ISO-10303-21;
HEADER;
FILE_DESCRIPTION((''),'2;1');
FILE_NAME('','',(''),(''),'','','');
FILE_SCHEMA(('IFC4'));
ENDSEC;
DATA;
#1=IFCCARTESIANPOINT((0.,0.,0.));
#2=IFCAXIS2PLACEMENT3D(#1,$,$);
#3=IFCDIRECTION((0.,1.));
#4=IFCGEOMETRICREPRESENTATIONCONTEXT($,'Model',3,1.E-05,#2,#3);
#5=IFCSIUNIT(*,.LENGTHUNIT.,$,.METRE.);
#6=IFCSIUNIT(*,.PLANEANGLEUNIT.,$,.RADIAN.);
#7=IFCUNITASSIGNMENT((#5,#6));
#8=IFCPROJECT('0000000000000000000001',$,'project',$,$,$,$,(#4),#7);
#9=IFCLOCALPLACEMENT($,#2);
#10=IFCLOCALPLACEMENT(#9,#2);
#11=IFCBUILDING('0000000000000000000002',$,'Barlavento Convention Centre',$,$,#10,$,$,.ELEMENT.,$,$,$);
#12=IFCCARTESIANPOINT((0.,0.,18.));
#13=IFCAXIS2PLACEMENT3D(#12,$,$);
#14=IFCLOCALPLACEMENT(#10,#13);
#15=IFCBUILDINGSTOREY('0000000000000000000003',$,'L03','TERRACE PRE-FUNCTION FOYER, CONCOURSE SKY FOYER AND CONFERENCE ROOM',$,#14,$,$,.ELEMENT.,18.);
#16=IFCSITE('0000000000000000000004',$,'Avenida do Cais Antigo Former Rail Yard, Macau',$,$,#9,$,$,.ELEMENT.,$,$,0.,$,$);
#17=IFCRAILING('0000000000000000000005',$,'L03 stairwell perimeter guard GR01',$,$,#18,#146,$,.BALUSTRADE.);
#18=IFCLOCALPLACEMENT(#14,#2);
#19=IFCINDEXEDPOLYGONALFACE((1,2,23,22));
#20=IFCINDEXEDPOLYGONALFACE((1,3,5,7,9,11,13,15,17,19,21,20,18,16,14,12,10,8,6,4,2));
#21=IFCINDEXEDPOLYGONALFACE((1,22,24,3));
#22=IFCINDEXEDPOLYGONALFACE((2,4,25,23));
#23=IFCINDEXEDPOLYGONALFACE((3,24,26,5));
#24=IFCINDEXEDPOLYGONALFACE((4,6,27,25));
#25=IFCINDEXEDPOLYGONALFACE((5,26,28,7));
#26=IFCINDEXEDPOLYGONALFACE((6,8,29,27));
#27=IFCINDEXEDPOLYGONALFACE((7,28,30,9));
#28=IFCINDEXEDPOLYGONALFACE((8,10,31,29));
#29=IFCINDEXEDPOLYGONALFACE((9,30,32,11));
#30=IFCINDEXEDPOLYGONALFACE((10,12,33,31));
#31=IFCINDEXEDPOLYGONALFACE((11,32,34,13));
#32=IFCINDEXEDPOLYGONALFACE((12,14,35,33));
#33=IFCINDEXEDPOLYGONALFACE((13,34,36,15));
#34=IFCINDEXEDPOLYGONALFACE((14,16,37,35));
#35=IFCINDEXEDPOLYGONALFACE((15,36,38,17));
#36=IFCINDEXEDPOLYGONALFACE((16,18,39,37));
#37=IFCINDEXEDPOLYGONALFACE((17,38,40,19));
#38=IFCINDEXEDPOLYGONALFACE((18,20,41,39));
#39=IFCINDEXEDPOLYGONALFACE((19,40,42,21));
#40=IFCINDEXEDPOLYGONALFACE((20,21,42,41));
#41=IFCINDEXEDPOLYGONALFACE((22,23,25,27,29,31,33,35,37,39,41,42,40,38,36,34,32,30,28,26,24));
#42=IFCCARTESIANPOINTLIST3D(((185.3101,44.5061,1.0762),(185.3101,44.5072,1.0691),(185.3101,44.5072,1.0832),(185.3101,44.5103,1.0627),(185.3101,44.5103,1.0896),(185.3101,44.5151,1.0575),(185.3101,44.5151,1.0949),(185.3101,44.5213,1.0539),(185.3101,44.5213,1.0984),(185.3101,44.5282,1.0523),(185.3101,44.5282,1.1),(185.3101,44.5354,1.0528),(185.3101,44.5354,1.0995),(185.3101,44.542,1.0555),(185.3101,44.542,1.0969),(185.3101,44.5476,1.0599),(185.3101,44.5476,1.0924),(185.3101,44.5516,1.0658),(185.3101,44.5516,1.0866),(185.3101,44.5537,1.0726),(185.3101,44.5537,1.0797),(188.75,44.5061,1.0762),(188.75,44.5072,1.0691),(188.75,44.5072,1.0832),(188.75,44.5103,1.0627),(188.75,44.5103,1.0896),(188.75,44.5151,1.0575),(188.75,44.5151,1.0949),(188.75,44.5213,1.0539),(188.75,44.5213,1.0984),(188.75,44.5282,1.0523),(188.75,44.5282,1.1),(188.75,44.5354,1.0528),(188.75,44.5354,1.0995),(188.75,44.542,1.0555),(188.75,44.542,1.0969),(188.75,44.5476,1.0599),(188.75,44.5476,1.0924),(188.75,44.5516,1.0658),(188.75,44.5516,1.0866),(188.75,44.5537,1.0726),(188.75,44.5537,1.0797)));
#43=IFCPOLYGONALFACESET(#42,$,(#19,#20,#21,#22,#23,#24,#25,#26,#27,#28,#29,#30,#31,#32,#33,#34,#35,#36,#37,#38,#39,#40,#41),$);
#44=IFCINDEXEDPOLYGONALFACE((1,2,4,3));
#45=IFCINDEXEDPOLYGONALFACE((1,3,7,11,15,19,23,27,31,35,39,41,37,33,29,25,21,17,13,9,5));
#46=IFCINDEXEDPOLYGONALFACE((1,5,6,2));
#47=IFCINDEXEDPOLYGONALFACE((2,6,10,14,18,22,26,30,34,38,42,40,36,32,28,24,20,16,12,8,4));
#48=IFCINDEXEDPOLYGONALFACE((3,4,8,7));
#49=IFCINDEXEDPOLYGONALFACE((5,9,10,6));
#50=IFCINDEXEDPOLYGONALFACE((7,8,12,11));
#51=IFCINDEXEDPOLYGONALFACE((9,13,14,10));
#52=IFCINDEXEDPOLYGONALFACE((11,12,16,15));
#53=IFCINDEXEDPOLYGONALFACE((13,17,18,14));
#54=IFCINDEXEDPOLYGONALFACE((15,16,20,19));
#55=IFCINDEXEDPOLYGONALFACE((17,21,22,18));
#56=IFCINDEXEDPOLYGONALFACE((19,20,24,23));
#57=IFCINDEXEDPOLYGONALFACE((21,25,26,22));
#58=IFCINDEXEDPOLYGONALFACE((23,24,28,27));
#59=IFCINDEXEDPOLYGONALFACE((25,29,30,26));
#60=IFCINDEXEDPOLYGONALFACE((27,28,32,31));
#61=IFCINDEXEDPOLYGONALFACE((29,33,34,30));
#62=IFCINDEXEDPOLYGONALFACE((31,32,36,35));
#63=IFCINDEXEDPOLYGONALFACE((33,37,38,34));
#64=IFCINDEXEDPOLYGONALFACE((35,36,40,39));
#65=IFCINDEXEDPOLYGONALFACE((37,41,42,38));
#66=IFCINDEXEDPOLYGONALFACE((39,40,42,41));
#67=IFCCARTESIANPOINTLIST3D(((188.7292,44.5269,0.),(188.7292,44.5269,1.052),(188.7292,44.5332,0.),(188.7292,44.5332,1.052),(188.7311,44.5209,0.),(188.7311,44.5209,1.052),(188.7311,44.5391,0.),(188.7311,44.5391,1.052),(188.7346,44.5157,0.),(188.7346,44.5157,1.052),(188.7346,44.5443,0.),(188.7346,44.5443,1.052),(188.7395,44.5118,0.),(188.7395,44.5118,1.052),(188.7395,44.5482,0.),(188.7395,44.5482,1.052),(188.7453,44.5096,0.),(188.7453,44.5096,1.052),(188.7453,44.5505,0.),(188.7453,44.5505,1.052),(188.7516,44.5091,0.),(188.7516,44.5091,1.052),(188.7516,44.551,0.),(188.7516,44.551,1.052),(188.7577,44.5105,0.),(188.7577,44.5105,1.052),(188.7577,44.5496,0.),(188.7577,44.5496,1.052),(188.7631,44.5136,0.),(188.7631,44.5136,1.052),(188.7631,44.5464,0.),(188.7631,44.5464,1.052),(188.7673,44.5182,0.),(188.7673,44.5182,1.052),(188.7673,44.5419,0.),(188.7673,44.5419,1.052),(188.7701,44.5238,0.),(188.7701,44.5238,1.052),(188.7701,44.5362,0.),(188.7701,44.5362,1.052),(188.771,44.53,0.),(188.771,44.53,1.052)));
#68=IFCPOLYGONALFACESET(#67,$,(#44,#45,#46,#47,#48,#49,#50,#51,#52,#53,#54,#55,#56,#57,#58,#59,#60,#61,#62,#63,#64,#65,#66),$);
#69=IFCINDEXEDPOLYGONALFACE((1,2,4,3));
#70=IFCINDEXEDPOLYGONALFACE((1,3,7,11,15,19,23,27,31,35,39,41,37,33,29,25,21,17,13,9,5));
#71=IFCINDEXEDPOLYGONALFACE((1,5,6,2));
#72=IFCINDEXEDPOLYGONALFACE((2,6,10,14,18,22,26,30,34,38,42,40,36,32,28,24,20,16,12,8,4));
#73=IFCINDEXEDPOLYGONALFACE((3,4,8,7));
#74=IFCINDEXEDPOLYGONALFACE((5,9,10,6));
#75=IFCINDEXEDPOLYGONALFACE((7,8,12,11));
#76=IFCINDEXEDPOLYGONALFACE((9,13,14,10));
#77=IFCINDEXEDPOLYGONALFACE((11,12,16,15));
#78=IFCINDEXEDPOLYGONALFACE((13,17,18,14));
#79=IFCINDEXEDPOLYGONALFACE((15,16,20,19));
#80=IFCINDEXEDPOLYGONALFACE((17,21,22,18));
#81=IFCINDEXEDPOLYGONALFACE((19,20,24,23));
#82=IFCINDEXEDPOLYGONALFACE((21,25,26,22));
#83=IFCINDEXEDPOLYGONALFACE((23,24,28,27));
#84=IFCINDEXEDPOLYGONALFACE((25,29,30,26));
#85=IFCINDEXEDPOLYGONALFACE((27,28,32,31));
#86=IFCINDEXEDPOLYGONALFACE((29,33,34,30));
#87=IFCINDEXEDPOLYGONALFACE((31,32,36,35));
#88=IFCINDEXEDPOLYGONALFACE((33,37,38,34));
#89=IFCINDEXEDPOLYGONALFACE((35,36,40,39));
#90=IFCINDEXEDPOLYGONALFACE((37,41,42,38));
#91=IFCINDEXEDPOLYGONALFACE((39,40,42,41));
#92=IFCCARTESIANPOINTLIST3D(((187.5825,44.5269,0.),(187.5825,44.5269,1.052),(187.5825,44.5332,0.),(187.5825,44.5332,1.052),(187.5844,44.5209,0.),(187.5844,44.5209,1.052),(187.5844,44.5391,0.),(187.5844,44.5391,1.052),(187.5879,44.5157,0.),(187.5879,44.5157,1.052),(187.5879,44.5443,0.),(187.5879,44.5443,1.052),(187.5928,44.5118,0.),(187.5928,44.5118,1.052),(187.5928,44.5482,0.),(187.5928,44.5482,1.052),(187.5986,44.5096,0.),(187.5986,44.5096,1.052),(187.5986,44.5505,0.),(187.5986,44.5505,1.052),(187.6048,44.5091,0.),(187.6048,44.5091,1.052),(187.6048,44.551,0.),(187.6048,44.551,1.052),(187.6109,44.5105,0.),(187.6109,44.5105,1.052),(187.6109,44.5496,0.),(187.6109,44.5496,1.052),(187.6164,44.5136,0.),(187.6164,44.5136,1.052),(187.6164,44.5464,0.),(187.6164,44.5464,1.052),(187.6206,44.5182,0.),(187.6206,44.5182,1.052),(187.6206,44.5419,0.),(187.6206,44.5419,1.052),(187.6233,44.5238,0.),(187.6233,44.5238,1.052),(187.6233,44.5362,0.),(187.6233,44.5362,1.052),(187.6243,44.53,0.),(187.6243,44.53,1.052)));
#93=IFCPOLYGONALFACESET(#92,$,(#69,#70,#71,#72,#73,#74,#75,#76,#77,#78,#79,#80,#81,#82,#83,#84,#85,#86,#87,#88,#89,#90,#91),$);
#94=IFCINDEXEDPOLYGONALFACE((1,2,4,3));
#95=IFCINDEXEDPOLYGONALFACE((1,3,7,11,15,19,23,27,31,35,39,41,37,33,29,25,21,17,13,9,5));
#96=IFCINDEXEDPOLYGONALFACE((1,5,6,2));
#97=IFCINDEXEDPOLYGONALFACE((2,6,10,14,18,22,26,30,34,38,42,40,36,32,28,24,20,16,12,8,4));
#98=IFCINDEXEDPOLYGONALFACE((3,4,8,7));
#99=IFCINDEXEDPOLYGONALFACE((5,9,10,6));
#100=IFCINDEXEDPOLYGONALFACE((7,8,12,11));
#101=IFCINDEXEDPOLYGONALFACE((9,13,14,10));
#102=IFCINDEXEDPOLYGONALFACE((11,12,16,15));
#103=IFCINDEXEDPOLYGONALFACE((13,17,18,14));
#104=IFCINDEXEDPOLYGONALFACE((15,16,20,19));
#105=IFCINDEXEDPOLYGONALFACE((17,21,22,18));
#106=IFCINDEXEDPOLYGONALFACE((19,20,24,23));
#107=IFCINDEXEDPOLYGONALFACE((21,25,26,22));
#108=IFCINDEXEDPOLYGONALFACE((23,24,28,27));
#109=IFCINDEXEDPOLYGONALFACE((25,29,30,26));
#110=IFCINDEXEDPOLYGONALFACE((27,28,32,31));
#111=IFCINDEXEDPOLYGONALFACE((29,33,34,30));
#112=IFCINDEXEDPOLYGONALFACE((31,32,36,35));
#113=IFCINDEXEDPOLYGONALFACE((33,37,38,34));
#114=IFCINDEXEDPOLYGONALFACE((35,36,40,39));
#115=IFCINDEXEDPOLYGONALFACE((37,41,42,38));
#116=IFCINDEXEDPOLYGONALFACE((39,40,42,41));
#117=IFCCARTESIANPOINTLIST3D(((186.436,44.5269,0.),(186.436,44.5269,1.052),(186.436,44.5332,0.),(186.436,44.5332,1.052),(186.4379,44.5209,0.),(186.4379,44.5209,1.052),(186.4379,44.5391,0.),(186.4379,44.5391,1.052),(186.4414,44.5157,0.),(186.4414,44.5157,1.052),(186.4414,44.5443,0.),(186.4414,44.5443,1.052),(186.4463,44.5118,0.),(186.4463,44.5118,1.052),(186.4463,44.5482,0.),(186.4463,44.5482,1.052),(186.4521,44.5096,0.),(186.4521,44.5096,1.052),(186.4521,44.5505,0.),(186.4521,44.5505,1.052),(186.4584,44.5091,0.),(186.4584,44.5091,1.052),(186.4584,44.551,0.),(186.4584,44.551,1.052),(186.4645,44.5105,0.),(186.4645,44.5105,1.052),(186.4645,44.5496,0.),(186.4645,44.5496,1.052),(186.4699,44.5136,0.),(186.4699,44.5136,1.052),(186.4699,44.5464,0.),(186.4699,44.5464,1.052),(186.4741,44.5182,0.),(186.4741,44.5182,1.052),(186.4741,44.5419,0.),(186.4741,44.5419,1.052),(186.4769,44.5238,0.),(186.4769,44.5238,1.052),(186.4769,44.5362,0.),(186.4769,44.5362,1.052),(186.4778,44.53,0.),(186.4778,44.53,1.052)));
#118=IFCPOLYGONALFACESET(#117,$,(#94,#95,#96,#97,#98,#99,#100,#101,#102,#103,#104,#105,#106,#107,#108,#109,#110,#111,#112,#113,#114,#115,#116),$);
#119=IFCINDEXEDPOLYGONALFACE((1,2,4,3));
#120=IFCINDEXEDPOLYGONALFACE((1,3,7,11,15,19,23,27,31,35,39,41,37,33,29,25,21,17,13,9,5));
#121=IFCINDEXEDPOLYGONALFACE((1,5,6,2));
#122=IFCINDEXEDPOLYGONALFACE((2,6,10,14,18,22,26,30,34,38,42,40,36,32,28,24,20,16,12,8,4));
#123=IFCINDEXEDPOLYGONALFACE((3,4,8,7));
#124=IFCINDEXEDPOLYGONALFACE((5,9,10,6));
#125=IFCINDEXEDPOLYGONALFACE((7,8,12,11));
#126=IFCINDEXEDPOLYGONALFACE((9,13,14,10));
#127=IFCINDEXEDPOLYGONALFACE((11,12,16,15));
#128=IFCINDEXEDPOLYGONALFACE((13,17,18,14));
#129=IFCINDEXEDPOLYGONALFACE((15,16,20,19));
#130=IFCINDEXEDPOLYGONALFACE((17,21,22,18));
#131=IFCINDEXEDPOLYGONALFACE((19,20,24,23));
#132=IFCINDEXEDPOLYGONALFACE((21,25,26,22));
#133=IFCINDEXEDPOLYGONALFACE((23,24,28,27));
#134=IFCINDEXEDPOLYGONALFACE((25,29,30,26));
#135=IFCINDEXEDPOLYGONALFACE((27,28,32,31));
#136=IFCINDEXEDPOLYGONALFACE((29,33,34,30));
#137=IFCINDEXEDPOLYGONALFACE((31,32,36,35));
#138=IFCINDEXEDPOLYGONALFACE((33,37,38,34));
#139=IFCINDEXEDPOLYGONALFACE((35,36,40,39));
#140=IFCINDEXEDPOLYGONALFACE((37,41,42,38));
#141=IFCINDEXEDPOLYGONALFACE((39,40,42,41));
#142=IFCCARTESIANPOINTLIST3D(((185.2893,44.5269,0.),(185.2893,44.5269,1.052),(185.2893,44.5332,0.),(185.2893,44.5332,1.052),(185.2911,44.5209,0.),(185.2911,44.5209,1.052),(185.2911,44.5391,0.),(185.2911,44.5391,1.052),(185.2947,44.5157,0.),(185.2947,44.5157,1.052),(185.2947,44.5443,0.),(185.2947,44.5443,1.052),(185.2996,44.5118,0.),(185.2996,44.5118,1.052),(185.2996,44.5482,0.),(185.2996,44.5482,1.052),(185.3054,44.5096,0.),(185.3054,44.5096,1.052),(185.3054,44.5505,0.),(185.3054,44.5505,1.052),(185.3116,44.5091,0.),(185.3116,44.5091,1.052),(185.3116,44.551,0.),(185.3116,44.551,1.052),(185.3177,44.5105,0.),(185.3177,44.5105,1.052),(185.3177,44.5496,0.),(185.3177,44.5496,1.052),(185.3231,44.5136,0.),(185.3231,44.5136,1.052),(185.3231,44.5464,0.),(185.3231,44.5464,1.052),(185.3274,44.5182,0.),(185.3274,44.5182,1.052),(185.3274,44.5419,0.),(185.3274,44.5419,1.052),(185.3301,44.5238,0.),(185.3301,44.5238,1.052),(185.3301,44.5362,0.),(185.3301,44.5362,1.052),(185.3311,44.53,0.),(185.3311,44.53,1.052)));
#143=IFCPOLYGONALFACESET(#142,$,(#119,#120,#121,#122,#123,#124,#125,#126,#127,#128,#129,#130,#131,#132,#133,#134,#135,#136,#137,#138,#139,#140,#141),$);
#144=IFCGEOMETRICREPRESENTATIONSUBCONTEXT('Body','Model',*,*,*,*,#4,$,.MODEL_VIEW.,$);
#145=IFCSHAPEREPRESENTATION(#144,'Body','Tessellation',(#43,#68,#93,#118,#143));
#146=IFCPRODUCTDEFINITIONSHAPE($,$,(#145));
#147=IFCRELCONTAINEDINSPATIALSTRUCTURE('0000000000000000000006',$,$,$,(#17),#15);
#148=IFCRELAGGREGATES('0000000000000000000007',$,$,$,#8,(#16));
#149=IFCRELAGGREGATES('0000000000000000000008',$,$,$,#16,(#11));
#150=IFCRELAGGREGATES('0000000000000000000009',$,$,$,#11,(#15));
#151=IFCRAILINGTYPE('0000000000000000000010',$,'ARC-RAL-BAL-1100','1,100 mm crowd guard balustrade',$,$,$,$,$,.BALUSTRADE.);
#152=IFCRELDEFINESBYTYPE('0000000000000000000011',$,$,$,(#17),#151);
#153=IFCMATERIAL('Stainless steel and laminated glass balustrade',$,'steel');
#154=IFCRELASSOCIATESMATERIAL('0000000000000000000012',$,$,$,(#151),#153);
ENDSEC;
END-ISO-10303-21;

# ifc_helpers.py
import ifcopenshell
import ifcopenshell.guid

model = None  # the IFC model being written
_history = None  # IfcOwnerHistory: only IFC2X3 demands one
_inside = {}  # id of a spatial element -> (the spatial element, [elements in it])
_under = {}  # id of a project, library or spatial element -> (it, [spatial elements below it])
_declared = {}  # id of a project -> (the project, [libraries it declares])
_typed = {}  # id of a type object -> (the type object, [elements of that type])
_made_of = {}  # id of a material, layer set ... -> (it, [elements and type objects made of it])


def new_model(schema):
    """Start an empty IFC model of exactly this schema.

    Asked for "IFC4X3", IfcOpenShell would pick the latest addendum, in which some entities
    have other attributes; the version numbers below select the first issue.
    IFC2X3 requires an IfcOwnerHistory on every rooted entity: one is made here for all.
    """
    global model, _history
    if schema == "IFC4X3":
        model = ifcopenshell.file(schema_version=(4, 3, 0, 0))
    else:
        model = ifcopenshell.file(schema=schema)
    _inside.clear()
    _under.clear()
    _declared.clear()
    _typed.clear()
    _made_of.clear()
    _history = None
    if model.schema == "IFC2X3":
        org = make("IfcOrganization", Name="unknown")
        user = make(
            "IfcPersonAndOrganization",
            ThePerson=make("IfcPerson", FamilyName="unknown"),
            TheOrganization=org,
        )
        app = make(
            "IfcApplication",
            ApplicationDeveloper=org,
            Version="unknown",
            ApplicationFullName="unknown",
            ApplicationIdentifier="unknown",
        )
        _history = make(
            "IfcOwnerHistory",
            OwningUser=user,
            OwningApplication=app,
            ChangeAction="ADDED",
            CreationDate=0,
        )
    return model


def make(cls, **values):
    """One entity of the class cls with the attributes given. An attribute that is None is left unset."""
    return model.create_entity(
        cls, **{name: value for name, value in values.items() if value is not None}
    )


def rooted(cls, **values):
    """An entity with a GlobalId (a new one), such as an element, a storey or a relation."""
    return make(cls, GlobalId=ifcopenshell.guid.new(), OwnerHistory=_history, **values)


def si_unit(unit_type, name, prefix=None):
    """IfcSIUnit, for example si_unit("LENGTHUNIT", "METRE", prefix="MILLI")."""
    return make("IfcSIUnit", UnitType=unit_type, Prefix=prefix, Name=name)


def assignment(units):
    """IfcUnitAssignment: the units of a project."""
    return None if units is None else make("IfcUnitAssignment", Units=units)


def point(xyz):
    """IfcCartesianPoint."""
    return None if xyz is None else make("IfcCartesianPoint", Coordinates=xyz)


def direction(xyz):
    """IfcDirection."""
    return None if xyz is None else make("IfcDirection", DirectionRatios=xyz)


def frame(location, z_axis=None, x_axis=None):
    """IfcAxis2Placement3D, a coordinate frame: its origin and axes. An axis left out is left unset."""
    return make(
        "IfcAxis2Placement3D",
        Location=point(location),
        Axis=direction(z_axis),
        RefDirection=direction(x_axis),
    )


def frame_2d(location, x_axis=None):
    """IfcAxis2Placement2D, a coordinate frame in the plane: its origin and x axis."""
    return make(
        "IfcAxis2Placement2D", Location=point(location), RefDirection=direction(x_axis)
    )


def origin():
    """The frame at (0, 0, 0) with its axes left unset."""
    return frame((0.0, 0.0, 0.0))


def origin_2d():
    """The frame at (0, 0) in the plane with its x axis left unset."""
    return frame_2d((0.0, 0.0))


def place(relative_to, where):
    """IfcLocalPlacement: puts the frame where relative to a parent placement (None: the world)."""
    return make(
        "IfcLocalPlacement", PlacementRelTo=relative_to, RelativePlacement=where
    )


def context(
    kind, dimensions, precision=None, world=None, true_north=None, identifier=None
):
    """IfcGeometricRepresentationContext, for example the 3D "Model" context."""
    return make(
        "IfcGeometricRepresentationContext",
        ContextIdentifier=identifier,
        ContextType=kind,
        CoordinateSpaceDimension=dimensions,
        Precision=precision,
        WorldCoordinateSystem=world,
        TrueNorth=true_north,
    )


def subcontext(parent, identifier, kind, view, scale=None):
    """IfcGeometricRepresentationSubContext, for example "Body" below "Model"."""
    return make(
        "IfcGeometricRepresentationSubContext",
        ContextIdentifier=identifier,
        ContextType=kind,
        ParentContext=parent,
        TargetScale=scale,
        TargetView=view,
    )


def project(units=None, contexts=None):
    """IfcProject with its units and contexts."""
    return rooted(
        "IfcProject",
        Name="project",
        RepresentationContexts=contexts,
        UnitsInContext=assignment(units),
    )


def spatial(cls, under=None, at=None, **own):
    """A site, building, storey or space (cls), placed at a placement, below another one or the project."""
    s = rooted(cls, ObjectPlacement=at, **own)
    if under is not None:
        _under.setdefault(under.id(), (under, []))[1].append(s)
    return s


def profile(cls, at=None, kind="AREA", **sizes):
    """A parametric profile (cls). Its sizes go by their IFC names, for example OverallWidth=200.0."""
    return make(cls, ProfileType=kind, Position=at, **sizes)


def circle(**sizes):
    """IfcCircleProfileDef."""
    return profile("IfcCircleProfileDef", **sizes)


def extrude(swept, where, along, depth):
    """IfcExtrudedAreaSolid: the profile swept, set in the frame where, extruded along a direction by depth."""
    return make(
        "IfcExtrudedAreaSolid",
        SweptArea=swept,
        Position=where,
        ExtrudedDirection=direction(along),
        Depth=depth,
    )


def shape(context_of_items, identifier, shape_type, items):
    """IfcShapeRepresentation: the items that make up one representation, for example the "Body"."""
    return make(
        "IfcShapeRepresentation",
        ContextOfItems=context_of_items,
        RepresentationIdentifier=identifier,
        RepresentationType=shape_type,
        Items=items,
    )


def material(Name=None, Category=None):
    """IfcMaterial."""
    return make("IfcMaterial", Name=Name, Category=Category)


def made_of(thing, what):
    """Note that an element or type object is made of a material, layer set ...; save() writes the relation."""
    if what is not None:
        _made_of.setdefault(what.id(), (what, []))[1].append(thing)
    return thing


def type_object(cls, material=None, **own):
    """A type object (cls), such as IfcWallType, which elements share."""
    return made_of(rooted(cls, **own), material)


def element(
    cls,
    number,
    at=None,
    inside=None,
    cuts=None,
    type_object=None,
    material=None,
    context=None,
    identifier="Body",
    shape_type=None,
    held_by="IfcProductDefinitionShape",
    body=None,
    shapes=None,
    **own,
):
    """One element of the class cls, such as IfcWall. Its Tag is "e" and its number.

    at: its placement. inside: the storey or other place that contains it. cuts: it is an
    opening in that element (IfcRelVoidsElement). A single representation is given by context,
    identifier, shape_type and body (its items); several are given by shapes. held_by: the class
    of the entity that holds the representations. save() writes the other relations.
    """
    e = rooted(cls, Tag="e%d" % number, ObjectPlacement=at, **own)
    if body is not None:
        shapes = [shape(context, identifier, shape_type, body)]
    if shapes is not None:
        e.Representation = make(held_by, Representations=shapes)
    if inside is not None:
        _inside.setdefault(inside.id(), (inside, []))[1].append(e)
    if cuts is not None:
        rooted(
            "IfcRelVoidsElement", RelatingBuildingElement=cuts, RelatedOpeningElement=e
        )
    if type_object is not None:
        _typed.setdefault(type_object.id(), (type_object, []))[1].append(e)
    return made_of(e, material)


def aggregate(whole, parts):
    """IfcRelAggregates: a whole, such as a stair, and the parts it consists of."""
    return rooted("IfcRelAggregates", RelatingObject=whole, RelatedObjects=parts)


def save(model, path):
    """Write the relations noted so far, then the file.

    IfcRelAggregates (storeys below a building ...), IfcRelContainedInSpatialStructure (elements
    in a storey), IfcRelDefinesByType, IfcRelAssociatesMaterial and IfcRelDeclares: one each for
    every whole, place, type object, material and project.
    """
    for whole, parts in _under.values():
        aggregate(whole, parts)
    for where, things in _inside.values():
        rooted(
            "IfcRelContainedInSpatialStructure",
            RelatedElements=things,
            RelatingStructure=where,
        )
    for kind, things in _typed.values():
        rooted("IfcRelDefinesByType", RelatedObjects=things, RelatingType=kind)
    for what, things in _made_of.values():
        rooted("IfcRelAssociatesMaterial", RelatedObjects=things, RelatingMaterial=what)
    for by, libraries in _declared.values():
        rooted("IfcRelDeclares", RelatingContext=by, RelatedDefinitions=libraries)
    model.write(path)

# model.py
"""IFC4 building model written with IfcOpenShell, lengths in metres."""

from ifc_helpers import new_model, si_unit, direction, frame, origin, origin_2d, place, context, subcontext, project, spatial, circle, extrude, material, type_object, element, save


model = new_model("IFC4")

# Units and contexts
model_context = context("Model", 3, precision=1e-05, world=origin(), true_north=direction((0.0, 1.0)))
body_context = subcontext(model_context, "Body", "Model", "MODEL_VIEW")
ifc_project = project(units=[si_unit("LENGTHUNIT", "METRE"), si_unit("PLANEANGLEUNIT", "RADIAN")], contexts=[model_context])

# Site, building, storey
site_placement = place(None, origin())
site = spatial("IfcSite", under=ifc_project, at=site_placement, Name="Avenida do Cais Antigo Former Rail Yard, Macau", CompositionType="ELEMENT", RefElevation=0.0)
building_placement = place(site_placement, origin())
building = spatial("IfcBuilding", under=site, at=building_placement, Name="Barlavento Convention Centre", CompositionType="ELEMENT")
storey_placement = place(building_placement, frame((0.0, 0.0, 18.0)))
storey = spatial("IfcBuildingStorey", under=building, at=storey_placement, Name="L03", Description="TERRACE PRE-FUNCTION FOYER, CONCOURSE SKY FOYER AND CONFERENCE ROOM", CompositionType="ELEMENT", Elevation=18.0)

# Railing
ifc_material_1 = material(Name="Stainless steel and laminated glass balustrade", Category="steel")
railing_type_1 = type_object("IfcRailingType", Name="ARC-RAL-BAL-1100", Description="1,100 mm crowd guard balustrade", PredefinedType="BALUSTRADE", material=ifc_material_1)
railing_1_placement = place(storey_placement, frame((188.75, 44.53, 0.0)))
element("IfcRailing", 1, at=railing_1_placement, inside=storey, type_object=railing_type_1, Name="L03 stairwell perimeter guard GR01", PredefinedType="BALUSTRADE", context=body_context, shape_type="SweptSolid", body=[
    extrude(circle(Radius=0.0239, at=origin_2d()), frame((0.0, 0.0, 1.0762), z_axis=(-1.0, 0.0, 0.0), x_axis=(0.0, -1.0, 0.0)), (0.0, 0.0, 1.0), 3.4399),
    extrude(circle(Radius=0.021, at=origin_2d()), origin(), (0.0, 0.0, 1.0), 1.052),
    extrude(circle(Radius=0.021, at=origin_2d()), frame((-1.1467, 0.0, 0.0)), (0.0, 0.0, 1.0), 1.052),
    extrude(circle(Radius=0.021, at=origin_2d()), frame((-2.2932, 0.0, 0.0)), (0.0, 0.0, 1.0), 1.052),
    extrude(circle(Radius=0.021, at=origin_2d()), frame((-3.4399, 0.0, 0.0)), (0.0, 0.0, 1.0), 1.052),
])

save(model, "model.ifc")
